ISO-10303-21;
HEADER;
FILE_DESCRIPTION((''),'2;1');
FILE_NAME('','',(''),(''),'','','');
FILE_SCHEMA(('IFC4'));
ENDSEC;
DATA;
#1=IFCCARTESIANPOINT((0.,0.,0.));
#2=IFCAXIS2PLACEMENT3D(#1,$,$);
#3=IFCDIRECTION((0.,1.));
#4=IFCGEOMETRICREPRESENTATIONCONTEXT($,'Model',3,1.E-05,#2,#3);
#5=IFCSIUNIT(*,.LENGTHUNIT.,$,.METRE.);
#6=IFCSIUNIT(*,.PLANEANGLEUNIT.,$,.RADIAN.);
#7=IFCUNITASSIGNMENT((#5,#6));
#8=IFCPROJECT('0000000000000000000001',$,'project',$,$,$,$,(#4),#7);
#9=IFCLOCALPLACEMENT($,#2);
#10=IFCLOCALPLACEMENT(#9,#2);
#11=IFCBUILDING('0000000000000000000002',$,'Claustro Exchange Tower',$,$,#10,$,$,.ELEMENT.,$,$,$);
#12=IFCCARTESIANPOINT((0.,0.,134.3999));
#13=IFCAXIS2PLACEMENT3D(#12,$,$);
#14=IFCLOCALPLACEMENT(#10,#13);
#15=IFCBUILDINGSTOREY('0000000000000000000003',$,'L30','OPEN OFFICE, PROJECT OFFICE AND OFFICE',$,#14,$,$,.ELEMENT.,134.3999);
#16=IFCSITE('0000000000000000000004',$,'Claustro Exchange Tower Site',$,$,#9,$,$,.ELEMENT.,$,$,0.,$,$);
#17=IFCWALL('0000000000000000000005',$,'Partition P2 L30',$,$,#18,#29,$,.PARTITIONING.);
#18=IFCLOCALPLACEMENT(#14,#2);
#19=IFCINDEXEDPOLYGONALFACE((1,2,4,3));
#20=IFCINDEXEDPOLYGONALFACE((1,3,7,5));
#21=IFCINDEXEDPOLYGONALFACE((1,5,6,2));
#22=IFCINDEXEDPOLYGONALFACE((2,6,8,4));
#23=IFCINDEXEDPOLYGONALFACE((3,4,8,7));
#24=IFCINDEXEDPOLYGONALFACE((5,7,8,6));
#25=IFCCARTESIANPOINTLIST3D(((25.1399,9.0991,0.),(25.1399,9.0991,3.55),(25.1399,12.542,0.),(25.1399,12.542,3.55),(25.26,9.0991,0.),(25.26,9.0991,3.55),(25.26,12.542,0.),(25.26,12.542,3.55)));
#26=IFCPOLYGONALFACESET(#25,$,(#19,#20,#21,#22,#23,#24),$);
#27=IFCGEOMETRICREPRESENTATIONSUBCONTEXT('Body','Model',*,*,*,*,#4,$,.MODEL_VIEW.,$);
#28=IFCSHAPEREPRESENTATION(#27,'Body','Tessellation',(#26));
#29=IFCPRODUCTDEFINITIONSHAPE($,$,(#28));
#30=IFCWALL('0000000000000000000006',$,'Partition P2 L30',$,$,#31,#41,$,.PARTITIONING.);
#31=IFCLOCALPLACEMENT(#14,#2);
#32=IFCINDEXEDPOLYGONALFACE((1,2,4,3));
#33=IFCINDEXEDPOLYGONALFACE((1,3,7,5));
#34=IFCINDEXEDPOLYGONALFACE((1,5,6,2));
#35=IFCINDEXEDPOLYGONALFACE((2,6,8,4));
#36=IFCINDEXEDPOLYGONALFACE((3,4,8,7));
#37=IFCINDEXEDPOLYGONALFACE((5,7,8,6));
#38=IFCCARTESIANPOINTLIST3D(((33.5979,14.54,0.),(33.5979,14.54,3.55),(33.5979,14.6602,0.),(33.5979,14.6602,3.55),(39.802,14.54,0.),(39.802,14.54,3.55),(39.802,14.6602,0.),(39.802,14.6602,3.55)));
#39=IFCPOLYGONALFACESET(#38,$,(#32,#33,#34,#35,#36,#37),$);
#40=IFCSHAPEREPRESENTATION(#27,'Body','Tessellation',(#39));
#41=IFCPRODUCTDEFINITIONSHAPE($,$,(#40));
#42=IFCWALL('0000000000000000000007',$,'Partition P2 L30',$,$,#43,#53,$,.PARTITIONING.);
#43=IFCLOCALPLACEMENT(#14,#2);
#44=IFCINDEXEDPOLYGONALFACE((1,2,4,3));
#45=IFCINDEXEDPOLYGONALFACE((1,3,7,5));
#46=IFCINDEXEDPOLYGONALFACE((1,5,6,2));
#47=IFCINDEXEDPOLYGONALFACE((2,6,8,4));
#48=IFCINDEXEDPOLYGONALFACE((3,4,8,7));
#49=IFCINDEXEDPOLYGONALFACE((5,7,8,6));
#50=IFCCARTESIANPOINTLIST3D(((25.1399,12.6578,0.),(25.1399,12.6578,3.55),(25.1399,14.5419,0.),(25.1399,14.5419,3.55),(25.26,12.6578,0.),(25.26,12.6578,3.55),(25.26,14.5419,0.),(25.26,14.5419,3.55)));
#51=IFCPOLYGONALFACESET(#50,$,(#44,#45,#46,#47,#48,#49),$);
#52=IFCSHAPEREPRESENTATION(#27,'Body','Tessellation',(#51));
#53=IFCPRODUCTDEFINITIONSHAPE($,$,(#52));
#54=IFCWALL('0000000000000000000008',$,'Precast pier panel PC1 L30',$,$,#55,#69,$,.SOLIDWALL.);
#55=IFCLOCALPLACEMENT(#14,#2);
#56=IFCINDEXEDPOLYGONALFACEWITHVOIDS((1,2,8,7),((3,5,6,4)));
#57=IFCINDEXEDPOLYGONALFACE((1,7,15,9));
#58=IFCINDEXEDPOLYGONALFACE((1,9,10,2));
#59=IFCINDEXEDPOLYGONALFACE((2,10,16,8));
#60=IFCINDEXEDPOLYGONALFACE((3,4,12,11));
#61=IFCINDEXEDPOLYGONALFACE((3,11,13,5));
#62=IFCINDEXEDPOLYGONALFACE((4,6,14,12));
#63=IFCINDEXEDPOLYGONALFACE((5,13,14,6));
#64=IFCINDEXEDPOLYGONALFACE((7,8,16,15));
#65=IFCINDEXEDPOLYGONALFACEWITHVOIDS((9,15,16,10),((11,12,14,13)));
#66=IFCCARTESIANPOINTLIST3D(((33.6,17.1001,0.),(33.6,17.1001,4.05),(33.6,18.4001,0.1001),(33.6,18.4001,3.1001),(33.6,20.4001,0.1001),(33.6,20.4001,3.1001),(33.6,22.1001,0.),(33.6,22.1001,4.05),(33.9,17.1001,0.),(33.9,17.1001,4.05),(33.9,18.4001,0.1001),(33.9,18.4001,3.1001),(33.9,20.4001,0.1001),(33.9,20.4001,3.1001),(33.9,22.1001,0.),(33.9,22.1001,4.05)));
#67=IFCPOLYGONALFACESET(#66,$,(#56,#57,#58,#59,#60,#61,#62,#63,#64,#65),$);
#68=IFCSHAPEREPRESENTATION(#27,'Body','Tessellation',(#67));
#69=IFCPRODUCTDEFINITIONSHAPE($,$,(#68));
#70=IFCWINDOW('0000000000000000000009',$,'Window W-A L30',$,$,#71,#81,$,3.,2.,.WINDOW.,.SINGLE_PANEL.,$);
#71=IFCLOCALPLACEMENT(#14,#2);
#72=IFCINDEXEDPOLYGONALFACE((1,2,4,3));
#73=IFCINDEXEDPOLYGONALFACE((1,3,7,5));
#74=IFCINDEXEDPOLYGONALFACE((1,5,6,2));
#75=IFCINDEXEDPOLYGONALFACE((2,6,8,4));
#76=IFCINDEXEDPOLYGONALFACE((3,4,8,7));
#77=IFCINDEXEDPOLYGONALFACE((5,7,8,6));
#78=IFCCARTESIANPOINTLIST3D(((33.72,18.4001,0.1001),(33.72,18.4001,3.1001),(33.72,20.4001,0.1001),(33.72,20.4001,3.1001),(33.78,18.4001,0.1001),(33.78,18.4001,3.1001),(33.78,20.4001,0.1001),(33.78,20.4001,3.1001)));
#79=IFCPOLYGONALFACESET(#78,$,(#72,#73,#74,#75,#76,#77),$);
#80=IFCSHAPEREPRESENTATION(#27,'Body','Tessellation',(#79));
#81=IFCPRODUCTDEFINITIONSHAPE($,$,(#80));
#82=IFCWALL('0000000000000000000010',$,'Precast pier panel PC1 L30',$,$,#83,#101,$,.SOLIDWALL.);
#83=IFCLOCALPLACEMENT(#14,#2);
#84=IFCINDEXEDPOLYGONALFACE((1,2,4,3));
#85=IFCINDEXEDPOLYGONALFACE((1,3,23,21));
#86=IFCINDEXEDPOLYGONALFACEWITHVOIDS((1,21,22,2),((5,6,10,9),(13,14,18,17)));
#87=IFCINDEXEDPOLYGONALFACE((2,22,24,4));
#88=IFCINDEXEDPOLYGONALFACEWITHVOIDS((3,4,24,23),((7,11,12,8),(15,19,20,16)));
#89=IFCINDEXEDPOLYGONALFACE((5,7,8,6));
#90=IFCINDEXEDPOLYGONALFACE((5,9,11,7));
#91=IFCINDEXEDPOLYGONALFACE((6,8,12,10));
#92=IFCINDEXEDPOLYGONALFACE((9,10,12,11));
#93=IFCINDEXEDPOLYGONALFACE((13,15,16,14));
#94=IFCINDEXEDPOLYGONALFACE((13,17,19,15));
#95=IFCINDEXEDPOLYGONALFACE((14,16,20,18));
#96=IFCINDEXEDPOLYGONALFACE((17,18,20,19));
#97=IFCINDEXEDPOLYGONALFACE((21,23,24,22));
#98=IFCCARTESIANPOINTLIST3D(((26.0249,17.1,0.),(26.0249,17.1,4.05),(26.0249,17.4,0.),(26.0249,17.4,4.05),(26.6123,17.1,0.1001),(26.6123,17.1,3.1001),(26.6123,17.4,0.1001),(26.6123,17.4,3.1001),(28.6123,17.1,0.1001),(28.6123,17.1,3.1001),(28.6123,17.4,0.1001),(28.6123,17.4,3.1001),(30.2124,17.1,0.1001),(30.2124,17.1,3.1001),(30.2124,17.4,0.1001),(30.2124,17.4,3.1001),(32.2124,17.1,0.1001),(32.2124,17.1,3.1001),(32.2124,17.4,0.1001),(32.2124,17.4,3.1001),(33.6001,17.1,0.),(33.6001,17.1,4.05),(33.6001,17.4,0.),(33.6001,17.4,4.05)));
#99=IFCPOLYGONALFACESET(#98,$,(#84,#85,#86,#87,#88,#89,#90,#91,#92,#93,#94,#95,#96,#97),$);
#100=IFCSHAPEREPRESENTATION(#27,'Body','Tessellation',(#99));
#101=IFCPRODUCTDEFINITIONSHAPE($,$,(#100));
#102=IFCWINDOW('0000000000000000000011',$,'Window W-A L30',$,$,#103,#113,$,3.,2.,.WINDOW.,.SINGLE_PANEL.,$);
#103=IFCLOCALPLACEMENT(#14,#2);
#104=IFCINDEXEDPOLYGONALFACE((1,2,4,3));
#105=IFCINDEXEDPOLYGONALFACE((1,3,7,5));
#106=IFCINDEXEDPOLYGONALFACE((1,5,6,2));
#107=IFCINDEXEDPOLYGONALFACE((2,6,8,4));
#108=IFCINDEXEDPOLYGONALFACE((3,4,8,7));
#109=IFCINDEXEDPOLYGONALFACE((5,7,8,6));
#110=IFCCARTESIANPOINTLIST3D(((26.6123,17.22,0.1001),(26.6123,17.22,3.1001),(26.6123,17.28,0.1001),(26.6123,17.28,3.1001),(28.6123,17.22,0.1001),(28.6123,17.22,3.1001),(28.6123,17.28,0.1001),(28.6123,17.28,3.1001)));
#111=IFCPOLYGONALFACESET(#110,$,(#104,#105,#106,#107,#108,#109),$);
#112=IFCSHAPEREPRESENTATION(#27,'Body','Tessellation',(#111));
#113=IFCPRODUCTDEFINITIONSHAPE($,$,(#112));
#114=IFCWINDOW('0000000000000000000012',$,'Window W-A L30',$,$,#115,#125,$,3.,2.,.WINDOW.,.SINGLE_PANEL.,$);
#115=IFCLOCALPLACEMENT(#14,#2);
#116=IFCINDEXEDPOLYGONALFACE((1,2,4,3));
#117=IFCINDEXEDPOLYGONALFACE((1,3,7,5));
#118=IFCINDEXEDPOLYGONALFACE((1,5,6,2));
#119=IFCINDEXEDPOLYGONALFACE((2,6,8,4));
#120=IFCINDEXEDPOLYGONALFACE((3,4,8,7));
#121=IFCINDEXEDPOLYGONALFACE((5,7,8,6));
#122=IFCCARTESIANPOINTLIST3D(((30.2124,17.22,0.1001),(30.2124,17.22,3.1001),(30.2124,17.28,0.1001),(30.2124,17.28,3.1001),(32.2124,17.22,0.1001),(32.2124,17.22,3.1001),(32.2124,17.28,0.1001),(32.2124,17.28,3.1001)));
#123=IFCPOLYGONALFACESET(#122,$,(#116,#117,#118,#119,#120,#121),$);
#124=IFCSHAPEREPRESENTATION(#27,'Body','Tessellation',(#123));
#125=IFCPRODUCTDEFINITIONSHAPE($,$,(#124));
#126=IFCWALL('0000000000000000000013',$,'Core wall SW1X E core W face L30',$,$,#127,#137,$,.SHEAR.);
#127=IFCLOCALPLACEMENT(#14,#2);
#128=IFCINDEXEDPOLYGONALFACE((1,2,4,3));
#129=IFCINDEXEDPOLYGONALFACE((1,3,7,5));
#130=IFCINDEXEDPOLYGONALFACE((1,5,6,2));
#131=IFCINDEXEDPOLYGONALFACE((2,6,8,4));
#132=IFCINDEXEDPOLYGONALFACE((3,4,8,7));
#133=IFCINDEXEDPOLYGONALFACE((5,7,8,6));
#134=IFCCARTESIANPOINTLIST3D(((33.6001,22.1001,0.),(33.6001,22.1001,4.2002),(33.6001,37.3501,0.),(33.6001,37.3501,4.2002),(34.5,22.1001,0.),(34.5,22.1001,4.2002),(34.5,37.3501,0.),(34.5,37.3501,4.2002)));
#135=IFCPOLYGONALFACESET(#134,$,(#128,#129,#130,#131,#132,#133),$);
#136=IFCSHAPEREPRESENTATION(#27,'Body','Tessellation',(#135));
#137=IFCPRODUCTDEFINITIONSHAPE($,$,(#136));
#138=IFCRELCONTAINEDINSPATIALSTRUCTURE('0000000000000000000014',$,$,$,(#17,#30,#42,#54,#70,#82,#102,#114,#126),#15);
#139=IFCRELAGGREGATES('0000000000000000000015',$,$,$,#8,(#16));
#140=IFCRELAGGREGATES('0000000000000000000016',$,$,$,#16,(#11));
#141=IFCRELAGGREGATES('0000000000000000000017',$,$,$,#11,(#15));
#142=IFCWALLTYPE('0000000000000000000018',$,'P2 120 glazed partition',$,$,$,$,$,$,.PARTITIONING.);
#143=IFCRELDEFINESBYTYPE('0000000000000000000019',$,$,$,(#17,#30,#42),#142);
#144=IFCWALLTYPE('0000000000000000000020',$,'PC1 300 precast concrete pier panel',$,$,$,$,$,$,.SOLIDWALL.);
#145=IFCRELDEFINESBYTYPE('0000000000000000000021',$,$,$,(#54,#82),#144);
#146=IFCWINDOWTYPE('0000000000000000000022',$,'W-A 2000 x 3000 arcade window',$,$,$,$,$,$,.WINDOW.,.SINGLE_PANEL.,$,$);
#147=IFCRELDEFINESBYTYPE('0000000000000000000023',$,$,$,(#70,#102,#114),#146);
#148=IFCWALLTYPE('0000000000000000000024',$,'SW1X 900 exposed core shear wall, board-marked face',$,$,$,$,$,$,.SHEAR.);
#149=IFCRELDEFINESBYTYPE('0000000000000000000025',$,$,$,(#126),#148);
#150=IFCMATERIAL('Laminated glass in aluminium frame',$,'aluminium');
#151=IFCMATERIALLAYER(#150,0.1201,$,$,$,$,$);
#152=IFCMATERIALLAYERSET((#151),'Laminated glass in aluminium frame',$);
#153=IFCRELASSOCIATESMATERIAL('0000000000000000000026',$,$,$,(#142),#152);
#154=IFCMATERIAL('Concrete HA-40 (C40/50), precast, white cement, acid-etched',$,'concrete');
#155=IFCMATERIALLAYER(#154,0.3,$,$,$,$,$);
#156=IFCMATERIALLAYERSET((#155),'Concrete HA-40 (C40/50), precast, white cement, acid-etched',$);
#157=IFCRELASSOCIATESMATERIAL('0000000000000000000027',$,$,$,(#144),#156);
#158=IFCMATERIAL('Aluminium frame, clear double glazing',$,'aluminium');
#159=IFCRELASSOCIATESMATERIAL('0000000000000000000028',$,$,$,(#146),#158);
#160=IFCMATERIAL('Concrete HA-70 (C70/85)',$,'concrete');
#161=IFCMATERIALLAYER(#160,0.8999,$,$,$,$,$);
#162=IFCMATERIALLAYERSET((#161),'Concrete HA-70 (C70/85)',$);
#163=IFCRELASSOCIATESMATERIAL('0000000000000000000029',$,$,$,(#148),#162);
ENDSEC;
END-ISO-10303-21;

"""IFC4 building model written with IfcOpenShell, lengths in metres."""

from ifc_helpers import new_model, si_unit, direction, frame, frame_2d, origin, place, context, subcontext, project, spatial, rectangle, extrude, material, layer, layer_set, type_object, element, fill, save


model = new_model("IFC4")

# Units and contexts
model_context = context("Model", 3, precision=1e-05, world=origin(), true_north=direction((0.0, 1.0)))
body_context = subcontext(model_context, "Body", "Model", "MODEL_VIEW")
ifc_project = project(units=[si_unit("LENGTHUNIT", "METRE"), si_unit("PLANEANGLEUNIT", "RADIAN")], contexts=[model_context])

# Site, building, storey
site_placement = place(None, origin())
site = spatial("IfcSite", under=ifc_project, at=site_placement, Name="Claustro Exchange Tower Site", CompositionType="ELEMENT", RefElevation=0.0)
building_placement = place(site_placement, origin())
building = spatial("IfcBuilding", under=site, at=building_placement, Name="Claustro Exchange Tower", CompositionType="ELEMENT")
storey_placement = place(building_placement, frame((0.0, 0.0, 134.3999)))
storey = spatial("IfcBuildingStorey", under=building, at=storey_placement, Name="L30", Description="OPEN OFFICE, PROJECT OFFICE AND OFFICE", CompositionType="ELEMENT", Elevation=134.3999)

# Walls
ifc_material_1 = material(Name="Laminated glass in aluminium frame", Category="aluminium")
ifc_layer_1 = layer(ifc_material_1, 0.1201)
ifc_layer_set_1 = layer_set([ifc_layer_1], Name="Laminated glass in aluminium frame")
wall_type_1 = type_object("IfcWallType", Name="P2 120 glazed partition", PredefinedType="PARTITIONING", material=ifc_layer_set_1)
wall_1_placement = place(storey_placement, frame((25.2, 9.0991, 0.0), z_axis=(0.0, 0.0, 1.0), x_axis=(0.0, 1.0, 0.0)))
element("IfcWall", 1, at=wall_1_placement, inside=storey, type_object=wall_type_1, Name="Partition P2 L30", PredefinedType="PARTITIONING", context=body_context, shape_type="SweptSolid", body=[
    extrude(rectangle(XDim=3.4429, YDim=0.1201, at=frame_2d((1.7214, 0.0))), origin(), (0.0, 0.0, 1.0), 3.55),
])
wall_2_placement = place(storey_placement, frame((33.5979, 14.6001, 0.0), z_axis=(0.0, 0.0, 1.0), x_axis=(1.0, 0.0, 0.0)))
element("IfcWall", 2, at=wall_2_placement, inside=storey, type_object=wall_type_1, Name="Partition P2 L30", PredefinedType="PARTITIONING", context=body_context, shape_type="SweptSolid", body=[
    extrude(rectangle(XDim=6.2041, YDim=0.1201, at=frame_2d((3.1021, 0.0))), origin(), (0.0, 0.0, 1.0), 3.55),
])
wall_3_placement = place(storey_placement, frame((25.2, 12.658, 0.0), z_axis=(0.0, 0.0, 1.0), x_axis=(0.0, 1.0, 0.0)))
element("IfcWall", 3, at=wall_3_placement, inside=storey, type_object=wall_type_1, Name="Partition P2 L30", PredefinedType="PARTITIONING", context=body_context, shape_type="SweptSolid", body=[
    extrude(rectangle(XDim=1.884, YDim=0.1201, at=frame_2d((0.9419, 0.0))), origin(), (0.0, 0.0, 1.0), 3.55),
])

# Wall, opening, window
ifc_material_2 = material(Name="Concrete HA-40 (C40/50), precast, white cement, acid-etched", Category="concrete")
ifc_layer_2 = layer(ifc_material_2, 0.3)
ifc_layer_set_2 = layer_set([ifc_layer_2], Name="Concrete HA-40 (C40/50), precast, white cement, acid-etched")
wall_type_2 = type_object("IfcWallType", Name="PC1 300 precast concrete pier panel", PredefinedType="SOLIDWALL", material=ifc_layer_set_2)
wall_4_placement = place(storey_placement, frame((33.75, 17.1001, 0.0), z_axis=(0.0, 0.0, 1.0), x_axis=(0.0, 1.0, 0.0)))
wall_4 = element("IfcWall", 4, at=wall_4_placement, inside=storey, type_object=wall_type_2, Name="Precast pier panel PC1 L30", PredefinedType="SOLIDWALL", context=body_context, shape_type="SweptSolid", body=[
    extrude(rectangle(XDim=5.0, YDim=0.3, at=frame_2d((2.5, 0.0))), origin(), (0.0, 0.0, 1.0), 4.05),
])
opening_1_placement = place(wall_4_placement, frame((1.3, 0.0, 0.1001)))
opening_1 = element("IfcOpeningElement", 5, at=opening_1_placement, cuts=wall_4, PredefinedType="OPENING", context=body_context, shape_type="SweptSolid", body=[
    extrude(rectangle(XDim=2.0, YDim=3.0, at=frame_2d((1.0, 1.5))), frame((0.0, 0.1599, 0.0), z_axis=(0.0, -1.0, 0.0), x_axis=(1.0, 0.0, 0.0)), (0.0, 0.0, 1.0), 0.3201),
])
ifc_material_3 = material(Name="Aluminium frame, clear double glazing", Category="aluminium")
window_type = type_object("IfcWindowType", Name="W-A 2000 x 3000 arcade window", PartitioningType="SINGLE_PANEL", PredefinedType="WINDOW", material=ifc_material_3)
window_1_placement = place(opening_1_placement, origin())
window_1 = element("IfcWindow", 6, at=window_1_placement, inside=storey, type_object=window_type, Name="Window W-A L30", OverallHeight=3.0, OverallWidth=2.0, PartitioningType="SINGLE_PANEL", PredefinedType="WINDOW", context=body_context, shape_type="SweptSolid", body=[
    extrude(rectangle(XDim=2.0, YDim=3.0, at=frame_2d((1.0, 1.5))), frame((0.0, 0.03, 0.0), z_axis=(0.0, -1.0, 0.0), x_axis=(1.0, 0.0, 0.0)), (0.0, 0.0, 1.0), 0.0601),
])
fill(opening_1, window_1)

# Wall, openings, windows
wall_5_placement = place(storey_placement, frame((26.0249, 17.25, 0.0), z_axis=(0.0, 0.0, 1.0), x_axis=(1.0, 0.0, 0.0)))
wall_5 = element("IfcWall", 7, at=wall_5_placement, inside=storey, type_object=wall_type_2, Name="Precast pier panel PC1 L30", PredefinedType="SOLIDWALL", context=body_context, shape_type="SweptSolid", body=[
    extrude(rectangle(XDim=7.5752, YDim=0.3, at=frame_2d((3.7876, 0.0))), origin(), (0.0, 0.0, 1.0), 4.05),
])
opening_2_placement = place(wall_5_placement, frame((0.5874, 0.0, 0.1001)))
opening_2 = element("IfcOpeningElement", 8, at=opening_2_placement, cuts=wall_5, PredefinedType="OPENING", context=body_context, shape_type="SweptSolid", body=[
    extrude(rectangle(XDim=2.0, YDim=3.0, at=frame_2d((1.0, 1.5))), frame((0.0, 0.1599, 0.0), z_axis=(0.0, -1.0, 0.0), x_axis=(1.0, 0.0, 0.0)), (0.0, 0.0, 1.0), 0.3201),
])
opening_3_placement = place(wall_5_placement, frame((4.1875, 0.0, 0.1001)))
opening_3 = element("IfcOpeningElement", 9, at=opening_3_placement, cuts=wall_5, PredefinedType="OPENING", context=body_context, shape_type="SweptSolid", body=[
    extrude(rectangle(XDim=2.0, YDim=3.0, at=frame_2d((1.0, 1.5))), frame((0.0, 0.1599, 0.0), z_axis=(0.0, -1.0, 0.0), x_axis=(1.0, 0.0, 0.0)), (0.0, 0.0, 1.0), 0.3201),
])
window_2_placement = place(opening_2_placement, origin())
window_2 = element("IfcWindow", 10, at=window_2_placement, inside=storey, type_object=window_type, Name="Window W-A L30", OverallHeight=3.0, OverallWidth=2.0, PartitioningType="SINGLE_PANEL", PredefinedType="WINDOW", context=body_context, shape_type="SweptSolid", body=[
    extrude(rectangle(XDim=2.0, YDim=3.0, at=frame_2d((1.0, 1.5))), frame((0.0, 0.03, 0.0), z_axis=(0.0, -1.0, 0.0), x_axis=(1.0, 0.0, 0.0)), (0.0, 0.0, 1.0), 0.0601),
])
fill(opening_2, window_2)
window_3_placement = place(opening_3_placement, origin())
window_3 = element("IfcWindow", 11, at=window_3_placement, inside=storey, type_object=window_type, Name="Window W-A L30", OverallHeight=3.0, OverallWidth=2.0, PartitioningType="SINGLE_PANEL", PredefinedType="WINDOW", context=body_context, shape_type="SweptSolid", body=[
    extrude(rectangle(XDim=2.0, YDim=3.0, at=frame_2d((1.0, 1.5))), frame((0.0, 0.03, 0.0), z_axis=(0.0, -1.0, 0.0), x_axis=(1.0, 0.0, 0.0)), (0.0, 0.0, 1.0), 0.0601),
])
fill(opening_3, window_3)

# Wall
ifc_material_4 = material(Name="Concrete HA-70 (C70/85)", Category="concrete")
ifc_layer_3 = layer(ifc_material_4, 0.8999)
ifc_layer_set_3 = layer_set([ifc_layer_3], Name="Concrete HA-70 (C70/85)")
wall_type_3 = type_object("IfcWallType", Name="SW1X 900 exposed core shear wall, board-marked face", PredefinedType="SHEAR", material=ifc_layer_set_3)
wall_6_placement = place(storey_placement, frame((34.05, 22.1001, 0.0), z_axis=(0.0, 0.0, 1.0), x_axis=(0.0, 1.0, 0.0)))
element("IfcWall", 12, at=wall_6_placement, inside=storey, type_object=wall_type_3, Name="Core wall SW1X E core W face L30", PredefinedType="SHEAR", context=body_context, shape_type="SweptSolid", body=[
    extrude(rectangle(XDim=15.25, YDim=0.8999, at=frame_2d((7.625, 0.0))), origin(), (0.0, 0.0, 1.0), 4.2002),
])

save(model, "model.ifc")
